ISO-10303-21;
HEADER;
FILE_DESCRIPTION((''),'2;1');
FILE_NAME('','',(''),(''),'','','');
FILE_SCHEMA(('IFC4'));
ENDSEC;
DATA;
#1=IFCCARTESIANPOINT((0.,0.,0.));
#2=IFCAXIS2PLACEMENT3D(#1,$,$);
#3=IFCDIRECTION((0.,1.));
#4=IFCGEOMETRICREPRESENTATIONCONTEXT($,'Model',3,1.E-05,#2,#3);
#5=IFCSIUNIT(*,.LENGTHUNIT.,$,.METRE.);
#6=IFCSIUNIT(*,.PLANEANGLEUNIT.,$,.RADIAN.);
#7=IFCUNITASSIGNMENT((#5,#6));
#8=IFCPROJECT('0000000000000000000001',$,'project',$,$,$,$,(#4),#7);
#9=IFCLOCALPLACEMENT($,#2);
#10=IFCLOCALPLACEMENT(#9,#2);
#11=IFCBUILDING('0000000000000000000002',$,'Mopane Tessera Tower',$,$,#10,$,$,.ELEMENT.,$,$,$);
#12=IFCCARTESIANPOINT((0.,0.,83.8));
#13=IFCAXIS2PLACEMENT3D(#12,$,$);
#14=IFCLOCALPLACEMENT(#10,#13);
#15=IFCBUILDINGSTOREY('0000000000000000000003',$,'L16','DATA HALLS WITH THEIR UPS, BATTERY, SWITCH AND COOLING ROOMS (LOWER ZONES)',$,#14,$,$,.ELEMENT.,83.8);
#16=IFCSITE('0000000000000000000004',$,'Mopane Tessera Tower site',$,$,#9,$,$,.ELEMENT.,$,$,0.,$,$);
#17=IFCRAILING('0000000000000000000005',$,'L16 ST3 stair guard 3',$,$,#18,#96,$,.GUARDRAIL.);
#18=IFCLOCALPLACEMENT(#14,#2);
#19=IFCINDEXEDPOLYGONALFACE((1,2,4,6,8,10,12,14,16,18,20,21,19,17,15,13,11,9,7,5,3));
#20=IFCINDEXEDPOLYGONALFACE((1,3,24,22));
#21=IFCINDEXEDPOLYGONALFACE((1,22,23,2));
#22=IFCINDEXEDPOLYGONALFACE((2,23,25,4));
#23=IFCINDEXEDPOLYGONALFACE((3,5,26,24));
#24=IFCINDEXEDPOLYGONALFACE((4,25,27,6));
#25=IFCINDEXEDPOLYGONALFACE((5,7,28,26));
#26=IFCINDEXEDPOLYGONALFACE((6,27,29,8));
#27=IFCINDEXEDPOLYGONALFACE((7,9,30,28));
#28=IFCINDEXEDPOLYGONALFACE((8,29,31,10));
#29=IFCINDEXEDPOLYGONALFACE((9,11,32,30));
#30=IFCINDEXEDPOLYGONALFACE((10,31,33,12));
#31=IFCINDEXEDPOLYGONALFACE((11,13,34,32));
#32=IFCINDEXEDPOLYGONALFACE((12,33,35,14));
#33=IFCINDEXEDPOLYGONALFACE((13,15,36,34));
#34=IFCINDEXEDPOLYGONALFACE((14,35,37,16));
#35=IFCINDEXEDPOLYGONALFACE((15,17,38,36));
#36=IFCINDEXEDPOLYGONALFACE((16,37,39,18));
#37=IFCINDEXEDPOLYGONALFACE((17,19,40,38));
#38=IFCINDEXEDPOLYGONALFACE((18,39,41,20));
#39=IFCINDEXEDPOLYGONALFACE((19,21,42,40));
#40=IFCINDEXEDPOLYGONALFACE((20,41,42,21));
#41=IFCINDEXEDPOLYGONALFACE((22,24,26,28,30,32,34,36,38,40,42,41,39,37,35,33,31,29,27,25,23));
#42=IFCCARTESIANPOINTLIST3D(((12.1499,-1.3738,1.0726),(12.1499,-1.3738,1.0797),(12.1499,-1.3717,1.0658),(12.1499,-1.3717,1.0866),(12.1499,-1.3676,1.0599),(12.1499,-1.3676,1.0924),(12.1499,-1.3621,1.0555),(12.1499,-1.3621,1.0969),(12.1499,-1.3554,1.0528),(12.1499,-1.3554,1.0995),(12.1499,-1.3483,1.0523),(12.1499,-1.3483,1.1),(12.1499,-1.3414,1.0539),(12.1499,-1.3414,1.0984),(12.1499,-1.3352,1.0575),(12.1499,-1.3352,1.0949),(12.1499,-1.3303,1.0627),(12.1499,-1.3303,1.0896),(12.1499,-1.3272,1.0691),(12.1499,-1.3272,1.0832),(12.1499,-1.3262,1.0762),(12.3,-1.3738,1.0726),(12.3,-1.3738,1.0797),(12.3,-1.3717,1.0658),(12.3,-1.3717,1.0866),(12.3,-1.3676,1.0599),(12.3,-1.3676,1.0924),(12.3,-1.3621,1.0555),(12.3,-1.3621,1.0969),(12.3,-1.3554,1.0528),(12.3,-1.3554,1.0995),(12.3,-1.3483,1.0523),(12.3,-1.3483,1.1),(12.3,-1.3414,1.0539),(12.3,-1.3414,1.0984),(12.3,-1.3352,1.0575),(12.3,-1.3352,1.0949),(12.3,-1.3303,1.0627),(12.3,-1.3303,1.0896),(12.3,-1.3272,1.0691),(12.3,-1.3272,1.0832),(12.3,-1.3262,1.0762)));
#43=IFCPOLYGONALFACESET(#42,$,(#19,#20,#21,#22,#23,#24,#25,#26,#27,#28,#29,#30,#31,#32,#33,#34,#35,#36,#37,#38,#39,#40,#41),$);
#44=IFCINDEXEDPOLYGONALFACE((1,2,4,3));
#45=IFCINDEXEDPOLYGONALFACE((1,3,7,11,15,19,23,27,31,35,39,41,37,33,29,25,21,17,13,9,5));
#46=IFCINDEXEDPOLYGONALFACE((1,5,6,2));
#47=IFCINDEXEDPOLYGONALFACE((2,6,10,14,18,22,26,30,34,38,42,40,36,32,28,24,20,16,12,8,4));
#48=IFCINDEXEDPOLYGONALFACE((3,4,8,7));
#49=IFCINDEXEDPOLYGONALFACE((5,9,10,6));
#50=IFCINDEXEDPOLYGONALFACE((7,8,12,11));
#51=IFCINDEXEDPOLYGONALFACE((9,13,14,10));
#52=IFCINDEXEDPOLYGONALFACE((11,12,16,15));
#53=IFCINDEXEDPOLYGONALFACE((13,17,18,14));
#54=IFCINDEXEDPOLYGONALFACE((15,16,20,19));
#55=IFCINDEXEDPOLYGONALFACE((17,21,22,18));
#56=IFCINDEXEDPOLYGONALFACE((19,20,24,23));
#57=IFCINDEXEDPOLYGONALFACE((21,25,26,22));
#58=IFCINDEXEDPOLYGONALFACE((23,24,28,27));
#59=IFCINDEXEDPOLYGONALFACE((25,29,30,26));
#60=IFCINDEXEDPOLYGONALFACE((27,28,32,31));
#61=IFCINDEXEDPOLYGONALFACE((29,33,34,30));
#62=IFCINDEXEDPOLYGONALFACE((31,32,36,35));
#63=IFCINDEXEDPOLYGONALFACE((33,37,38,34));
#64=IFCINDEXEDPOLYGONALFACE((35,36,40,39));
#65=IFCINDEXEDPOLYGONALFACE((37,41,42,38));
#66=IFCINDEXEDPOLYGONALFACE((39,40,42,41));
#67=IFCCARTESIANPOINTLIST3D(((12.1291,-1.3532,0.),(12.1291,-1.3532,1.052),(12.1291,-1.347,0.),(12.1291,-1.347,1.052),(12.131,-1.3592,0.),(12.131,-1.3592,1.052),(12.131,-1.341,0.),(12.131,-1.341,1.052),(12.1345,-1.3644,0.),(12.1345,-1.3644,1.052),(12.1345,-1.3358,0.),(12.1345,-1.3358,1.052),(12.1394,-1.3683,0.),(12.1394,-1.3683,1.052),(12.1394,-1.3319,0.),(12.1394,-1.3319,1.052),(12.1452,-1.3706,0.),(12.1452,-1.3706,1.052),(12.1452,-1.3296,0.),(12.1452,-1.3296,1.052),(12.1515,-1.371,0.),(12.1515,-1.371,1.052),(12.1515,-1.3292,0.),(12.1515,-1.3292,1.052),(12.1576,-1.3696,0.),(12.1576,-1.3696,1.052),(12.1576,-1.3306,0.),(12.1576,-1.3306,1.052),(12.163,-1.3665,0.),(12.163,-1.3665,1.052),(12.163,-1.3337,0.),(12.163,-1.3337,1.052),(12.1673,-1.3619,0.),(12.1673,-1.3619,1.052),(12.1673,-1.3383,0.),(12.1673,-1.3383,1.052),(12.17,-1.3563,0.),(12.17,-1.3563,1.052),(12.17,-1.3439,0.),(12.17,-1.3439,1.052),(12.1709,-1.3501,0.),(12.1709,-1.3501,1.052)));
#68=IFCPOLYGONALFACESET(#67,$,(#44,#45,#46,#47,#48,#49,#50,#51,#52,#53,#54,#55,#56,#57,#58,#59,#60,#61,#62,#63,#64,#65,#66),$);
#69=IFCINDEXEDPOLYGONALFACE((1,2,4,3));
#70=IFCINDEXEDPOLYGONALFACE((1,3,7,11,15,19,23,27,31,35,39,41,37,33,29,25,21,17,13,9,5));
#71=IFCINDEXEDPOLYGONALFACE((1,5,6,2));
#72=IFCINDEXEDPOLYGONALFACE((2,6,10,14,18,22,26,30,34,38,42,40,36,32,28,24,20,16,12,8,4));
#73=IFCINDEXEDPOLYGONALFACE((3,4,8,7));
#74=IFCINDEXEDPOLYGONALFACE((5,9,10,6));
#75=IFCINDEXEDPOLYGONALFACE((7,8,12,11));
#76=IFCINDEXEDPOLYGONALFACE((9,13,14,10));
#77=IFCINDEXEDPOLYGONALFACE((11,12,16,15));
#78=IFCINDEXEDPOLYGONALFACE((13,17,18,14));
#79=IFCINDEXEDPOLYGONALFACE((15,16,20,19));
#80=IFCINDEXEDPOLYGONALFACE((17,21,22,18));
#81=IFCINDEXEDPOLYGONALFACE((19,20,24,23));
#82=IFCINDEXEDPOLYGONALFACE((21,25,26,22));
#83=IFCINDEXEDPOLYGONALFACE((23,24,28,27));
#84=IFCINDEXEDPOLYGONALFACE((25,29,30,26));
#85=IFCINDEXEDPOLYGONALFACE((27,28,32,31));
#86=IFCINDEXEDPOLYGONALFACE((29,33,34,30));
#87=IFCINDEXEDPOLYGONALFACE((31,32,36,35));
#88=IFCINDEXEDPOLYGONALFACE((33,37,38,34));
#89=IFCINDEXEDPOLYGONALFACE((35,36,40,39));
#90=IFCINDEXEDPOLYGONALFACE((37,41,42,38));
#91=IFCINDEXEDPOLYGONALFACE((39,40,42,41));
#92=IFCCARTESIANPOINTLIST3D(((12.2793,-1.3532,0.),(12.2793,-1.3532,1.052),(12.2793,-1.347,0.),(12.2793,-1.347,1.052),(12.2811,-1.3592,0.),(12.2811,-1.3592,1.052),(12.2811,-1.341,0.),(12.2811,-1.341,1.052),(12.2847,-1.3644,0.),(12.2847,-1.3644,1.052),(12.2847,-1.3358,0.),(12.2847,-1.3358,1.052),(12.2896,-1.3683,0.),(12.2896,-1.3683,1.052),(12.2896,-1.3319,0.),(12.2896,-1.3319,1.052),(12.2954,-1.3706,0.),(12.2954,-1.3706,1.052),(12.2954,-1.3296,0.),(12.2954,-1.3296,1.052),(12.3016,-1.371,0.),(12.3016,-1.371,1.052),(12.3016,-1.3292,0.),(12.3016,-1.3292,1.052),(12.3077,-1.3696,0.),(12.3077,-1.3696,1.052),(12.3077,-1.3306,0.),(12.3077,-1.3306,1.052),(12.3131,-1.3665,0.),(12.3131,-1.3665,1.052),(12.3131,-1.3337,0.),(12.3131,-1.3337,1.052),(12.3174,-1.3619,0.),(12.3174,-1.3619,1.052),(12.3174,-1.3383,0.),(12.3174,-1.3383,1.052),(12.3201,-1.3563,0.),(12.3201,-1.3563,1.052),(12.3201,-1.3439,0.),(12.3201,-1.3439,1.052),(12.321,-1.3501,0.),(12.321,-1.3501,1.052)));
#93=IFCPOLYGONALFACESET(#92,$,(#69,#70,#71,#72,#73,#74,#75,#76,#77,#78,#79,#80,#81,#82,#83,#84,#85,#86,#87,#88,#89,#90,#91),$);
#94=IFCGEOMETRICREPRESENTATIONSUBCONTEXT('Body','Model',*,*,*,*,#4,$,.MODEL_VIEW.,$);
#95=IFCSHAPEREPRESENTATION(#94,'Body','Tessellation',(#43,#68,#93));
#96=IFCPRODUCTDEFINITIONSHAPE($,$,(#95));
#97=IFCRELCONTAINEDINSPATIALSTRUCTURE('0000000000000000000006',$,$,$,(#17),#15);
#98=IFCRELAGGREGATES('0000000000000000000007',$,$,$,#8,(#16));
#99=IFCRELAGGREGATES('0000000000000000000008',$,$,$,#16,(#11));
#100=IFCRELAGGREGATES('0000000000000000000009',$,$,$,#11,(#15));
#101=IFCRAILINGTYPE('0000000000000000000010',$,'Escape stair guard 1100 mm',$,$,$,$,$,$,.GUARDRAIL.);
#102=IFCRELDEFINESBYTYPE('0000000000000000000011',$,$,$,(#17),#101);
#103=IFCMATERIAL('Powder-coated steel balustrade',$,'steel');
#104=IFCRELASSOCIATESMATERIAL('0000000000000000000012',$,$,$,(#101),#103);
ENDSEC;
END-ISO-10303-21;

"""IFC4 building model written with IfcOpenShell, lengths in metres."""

from ifc_helpers import new_model, si_unit, direction, frame, origin, origin_2d, place, context, subcontext, project, spatial, circle, extrude, material, type_object, element, save


model = new_model("IFC4")

# Units and contexts
model_context = context("Model", 3, precision=1e-05, world=origin(), true_north=direction((0.0, 1.0)))
body_context = subcontext(model_context, "Body", "Model", "MODEL_VIEW")
ifc_project = project(units=[si_unit("LENGTHUNIT", "METRE"), si_unit("PLANEANGLEUNIT", "RADIAN")], contexts=[model_context])

# Site, building, storey
site_placement = place(None, origin())
site = spatial("IfcSite", under=ifc_project, at=site_placement, Name="Mopane Tessera Tower site", CompositionType="ELEMENT", RefElevation=0.0)
building_placement = place(site_placement, origin())
building = spatial("IfcBuilding", under=site, at=building_placement, Name="Mopane Tessera Tower", CompositionType="ELEMENT")
storey_placement = place(building_placement, frame((0.0, 0.0, 83.8)))
storey = spatial("IfcBuildingStorey", under=building, at=storey_placement, Name="L16", Description="DATA HALLS WITH THEIR UPS, BATTERY, SWITCH AND COOLING ROOMS (LOWER ZONES)", CompositionType="ELEMENT", Elevation=83.8)

# Railing
ifc_material_1 = material(Name="Powder-coated steel balustrade", Category="steel")
railing_type_1 = type_object("IfcRailingType", Name="Escape stair guard 1100 mm", PredefinedType="GUARDRAIL", material=ifc_material_1)
railing_1_placement = place(storey_placement, frame((12.1499, -1.3501, 0.0)))
element("IfcRailing", 1, at=railing_1_placement, inside=storey, type_object=railing_type_1, Name="L16 ST3 stair guard 3", PredefinedType="GUARDRAIL", context=body_context, shape_type="SweptSolid", body=[
    extrude(circle(Radius=0.0239, at=origin_2d()), frame((0.0, 0.0, 1.0762), z_axis=(1.0, 0.0, 0.0), x_axis=(0.0, 1.0, 0.0)), (0.0, 0.0, 1.0), 0.1501),
    extrude(circle(Radius=0.021, at=origin_2d()), origin(), (0.0, 0.0, 1.0), 1.052),
    extrude(circle(Radius=0.021, at=origin_2d()), frame((0.1501, 0.0, 0.0)), (0.0, 0.0, 1.0), 1.052),
])

save(model, "model.ifc")
